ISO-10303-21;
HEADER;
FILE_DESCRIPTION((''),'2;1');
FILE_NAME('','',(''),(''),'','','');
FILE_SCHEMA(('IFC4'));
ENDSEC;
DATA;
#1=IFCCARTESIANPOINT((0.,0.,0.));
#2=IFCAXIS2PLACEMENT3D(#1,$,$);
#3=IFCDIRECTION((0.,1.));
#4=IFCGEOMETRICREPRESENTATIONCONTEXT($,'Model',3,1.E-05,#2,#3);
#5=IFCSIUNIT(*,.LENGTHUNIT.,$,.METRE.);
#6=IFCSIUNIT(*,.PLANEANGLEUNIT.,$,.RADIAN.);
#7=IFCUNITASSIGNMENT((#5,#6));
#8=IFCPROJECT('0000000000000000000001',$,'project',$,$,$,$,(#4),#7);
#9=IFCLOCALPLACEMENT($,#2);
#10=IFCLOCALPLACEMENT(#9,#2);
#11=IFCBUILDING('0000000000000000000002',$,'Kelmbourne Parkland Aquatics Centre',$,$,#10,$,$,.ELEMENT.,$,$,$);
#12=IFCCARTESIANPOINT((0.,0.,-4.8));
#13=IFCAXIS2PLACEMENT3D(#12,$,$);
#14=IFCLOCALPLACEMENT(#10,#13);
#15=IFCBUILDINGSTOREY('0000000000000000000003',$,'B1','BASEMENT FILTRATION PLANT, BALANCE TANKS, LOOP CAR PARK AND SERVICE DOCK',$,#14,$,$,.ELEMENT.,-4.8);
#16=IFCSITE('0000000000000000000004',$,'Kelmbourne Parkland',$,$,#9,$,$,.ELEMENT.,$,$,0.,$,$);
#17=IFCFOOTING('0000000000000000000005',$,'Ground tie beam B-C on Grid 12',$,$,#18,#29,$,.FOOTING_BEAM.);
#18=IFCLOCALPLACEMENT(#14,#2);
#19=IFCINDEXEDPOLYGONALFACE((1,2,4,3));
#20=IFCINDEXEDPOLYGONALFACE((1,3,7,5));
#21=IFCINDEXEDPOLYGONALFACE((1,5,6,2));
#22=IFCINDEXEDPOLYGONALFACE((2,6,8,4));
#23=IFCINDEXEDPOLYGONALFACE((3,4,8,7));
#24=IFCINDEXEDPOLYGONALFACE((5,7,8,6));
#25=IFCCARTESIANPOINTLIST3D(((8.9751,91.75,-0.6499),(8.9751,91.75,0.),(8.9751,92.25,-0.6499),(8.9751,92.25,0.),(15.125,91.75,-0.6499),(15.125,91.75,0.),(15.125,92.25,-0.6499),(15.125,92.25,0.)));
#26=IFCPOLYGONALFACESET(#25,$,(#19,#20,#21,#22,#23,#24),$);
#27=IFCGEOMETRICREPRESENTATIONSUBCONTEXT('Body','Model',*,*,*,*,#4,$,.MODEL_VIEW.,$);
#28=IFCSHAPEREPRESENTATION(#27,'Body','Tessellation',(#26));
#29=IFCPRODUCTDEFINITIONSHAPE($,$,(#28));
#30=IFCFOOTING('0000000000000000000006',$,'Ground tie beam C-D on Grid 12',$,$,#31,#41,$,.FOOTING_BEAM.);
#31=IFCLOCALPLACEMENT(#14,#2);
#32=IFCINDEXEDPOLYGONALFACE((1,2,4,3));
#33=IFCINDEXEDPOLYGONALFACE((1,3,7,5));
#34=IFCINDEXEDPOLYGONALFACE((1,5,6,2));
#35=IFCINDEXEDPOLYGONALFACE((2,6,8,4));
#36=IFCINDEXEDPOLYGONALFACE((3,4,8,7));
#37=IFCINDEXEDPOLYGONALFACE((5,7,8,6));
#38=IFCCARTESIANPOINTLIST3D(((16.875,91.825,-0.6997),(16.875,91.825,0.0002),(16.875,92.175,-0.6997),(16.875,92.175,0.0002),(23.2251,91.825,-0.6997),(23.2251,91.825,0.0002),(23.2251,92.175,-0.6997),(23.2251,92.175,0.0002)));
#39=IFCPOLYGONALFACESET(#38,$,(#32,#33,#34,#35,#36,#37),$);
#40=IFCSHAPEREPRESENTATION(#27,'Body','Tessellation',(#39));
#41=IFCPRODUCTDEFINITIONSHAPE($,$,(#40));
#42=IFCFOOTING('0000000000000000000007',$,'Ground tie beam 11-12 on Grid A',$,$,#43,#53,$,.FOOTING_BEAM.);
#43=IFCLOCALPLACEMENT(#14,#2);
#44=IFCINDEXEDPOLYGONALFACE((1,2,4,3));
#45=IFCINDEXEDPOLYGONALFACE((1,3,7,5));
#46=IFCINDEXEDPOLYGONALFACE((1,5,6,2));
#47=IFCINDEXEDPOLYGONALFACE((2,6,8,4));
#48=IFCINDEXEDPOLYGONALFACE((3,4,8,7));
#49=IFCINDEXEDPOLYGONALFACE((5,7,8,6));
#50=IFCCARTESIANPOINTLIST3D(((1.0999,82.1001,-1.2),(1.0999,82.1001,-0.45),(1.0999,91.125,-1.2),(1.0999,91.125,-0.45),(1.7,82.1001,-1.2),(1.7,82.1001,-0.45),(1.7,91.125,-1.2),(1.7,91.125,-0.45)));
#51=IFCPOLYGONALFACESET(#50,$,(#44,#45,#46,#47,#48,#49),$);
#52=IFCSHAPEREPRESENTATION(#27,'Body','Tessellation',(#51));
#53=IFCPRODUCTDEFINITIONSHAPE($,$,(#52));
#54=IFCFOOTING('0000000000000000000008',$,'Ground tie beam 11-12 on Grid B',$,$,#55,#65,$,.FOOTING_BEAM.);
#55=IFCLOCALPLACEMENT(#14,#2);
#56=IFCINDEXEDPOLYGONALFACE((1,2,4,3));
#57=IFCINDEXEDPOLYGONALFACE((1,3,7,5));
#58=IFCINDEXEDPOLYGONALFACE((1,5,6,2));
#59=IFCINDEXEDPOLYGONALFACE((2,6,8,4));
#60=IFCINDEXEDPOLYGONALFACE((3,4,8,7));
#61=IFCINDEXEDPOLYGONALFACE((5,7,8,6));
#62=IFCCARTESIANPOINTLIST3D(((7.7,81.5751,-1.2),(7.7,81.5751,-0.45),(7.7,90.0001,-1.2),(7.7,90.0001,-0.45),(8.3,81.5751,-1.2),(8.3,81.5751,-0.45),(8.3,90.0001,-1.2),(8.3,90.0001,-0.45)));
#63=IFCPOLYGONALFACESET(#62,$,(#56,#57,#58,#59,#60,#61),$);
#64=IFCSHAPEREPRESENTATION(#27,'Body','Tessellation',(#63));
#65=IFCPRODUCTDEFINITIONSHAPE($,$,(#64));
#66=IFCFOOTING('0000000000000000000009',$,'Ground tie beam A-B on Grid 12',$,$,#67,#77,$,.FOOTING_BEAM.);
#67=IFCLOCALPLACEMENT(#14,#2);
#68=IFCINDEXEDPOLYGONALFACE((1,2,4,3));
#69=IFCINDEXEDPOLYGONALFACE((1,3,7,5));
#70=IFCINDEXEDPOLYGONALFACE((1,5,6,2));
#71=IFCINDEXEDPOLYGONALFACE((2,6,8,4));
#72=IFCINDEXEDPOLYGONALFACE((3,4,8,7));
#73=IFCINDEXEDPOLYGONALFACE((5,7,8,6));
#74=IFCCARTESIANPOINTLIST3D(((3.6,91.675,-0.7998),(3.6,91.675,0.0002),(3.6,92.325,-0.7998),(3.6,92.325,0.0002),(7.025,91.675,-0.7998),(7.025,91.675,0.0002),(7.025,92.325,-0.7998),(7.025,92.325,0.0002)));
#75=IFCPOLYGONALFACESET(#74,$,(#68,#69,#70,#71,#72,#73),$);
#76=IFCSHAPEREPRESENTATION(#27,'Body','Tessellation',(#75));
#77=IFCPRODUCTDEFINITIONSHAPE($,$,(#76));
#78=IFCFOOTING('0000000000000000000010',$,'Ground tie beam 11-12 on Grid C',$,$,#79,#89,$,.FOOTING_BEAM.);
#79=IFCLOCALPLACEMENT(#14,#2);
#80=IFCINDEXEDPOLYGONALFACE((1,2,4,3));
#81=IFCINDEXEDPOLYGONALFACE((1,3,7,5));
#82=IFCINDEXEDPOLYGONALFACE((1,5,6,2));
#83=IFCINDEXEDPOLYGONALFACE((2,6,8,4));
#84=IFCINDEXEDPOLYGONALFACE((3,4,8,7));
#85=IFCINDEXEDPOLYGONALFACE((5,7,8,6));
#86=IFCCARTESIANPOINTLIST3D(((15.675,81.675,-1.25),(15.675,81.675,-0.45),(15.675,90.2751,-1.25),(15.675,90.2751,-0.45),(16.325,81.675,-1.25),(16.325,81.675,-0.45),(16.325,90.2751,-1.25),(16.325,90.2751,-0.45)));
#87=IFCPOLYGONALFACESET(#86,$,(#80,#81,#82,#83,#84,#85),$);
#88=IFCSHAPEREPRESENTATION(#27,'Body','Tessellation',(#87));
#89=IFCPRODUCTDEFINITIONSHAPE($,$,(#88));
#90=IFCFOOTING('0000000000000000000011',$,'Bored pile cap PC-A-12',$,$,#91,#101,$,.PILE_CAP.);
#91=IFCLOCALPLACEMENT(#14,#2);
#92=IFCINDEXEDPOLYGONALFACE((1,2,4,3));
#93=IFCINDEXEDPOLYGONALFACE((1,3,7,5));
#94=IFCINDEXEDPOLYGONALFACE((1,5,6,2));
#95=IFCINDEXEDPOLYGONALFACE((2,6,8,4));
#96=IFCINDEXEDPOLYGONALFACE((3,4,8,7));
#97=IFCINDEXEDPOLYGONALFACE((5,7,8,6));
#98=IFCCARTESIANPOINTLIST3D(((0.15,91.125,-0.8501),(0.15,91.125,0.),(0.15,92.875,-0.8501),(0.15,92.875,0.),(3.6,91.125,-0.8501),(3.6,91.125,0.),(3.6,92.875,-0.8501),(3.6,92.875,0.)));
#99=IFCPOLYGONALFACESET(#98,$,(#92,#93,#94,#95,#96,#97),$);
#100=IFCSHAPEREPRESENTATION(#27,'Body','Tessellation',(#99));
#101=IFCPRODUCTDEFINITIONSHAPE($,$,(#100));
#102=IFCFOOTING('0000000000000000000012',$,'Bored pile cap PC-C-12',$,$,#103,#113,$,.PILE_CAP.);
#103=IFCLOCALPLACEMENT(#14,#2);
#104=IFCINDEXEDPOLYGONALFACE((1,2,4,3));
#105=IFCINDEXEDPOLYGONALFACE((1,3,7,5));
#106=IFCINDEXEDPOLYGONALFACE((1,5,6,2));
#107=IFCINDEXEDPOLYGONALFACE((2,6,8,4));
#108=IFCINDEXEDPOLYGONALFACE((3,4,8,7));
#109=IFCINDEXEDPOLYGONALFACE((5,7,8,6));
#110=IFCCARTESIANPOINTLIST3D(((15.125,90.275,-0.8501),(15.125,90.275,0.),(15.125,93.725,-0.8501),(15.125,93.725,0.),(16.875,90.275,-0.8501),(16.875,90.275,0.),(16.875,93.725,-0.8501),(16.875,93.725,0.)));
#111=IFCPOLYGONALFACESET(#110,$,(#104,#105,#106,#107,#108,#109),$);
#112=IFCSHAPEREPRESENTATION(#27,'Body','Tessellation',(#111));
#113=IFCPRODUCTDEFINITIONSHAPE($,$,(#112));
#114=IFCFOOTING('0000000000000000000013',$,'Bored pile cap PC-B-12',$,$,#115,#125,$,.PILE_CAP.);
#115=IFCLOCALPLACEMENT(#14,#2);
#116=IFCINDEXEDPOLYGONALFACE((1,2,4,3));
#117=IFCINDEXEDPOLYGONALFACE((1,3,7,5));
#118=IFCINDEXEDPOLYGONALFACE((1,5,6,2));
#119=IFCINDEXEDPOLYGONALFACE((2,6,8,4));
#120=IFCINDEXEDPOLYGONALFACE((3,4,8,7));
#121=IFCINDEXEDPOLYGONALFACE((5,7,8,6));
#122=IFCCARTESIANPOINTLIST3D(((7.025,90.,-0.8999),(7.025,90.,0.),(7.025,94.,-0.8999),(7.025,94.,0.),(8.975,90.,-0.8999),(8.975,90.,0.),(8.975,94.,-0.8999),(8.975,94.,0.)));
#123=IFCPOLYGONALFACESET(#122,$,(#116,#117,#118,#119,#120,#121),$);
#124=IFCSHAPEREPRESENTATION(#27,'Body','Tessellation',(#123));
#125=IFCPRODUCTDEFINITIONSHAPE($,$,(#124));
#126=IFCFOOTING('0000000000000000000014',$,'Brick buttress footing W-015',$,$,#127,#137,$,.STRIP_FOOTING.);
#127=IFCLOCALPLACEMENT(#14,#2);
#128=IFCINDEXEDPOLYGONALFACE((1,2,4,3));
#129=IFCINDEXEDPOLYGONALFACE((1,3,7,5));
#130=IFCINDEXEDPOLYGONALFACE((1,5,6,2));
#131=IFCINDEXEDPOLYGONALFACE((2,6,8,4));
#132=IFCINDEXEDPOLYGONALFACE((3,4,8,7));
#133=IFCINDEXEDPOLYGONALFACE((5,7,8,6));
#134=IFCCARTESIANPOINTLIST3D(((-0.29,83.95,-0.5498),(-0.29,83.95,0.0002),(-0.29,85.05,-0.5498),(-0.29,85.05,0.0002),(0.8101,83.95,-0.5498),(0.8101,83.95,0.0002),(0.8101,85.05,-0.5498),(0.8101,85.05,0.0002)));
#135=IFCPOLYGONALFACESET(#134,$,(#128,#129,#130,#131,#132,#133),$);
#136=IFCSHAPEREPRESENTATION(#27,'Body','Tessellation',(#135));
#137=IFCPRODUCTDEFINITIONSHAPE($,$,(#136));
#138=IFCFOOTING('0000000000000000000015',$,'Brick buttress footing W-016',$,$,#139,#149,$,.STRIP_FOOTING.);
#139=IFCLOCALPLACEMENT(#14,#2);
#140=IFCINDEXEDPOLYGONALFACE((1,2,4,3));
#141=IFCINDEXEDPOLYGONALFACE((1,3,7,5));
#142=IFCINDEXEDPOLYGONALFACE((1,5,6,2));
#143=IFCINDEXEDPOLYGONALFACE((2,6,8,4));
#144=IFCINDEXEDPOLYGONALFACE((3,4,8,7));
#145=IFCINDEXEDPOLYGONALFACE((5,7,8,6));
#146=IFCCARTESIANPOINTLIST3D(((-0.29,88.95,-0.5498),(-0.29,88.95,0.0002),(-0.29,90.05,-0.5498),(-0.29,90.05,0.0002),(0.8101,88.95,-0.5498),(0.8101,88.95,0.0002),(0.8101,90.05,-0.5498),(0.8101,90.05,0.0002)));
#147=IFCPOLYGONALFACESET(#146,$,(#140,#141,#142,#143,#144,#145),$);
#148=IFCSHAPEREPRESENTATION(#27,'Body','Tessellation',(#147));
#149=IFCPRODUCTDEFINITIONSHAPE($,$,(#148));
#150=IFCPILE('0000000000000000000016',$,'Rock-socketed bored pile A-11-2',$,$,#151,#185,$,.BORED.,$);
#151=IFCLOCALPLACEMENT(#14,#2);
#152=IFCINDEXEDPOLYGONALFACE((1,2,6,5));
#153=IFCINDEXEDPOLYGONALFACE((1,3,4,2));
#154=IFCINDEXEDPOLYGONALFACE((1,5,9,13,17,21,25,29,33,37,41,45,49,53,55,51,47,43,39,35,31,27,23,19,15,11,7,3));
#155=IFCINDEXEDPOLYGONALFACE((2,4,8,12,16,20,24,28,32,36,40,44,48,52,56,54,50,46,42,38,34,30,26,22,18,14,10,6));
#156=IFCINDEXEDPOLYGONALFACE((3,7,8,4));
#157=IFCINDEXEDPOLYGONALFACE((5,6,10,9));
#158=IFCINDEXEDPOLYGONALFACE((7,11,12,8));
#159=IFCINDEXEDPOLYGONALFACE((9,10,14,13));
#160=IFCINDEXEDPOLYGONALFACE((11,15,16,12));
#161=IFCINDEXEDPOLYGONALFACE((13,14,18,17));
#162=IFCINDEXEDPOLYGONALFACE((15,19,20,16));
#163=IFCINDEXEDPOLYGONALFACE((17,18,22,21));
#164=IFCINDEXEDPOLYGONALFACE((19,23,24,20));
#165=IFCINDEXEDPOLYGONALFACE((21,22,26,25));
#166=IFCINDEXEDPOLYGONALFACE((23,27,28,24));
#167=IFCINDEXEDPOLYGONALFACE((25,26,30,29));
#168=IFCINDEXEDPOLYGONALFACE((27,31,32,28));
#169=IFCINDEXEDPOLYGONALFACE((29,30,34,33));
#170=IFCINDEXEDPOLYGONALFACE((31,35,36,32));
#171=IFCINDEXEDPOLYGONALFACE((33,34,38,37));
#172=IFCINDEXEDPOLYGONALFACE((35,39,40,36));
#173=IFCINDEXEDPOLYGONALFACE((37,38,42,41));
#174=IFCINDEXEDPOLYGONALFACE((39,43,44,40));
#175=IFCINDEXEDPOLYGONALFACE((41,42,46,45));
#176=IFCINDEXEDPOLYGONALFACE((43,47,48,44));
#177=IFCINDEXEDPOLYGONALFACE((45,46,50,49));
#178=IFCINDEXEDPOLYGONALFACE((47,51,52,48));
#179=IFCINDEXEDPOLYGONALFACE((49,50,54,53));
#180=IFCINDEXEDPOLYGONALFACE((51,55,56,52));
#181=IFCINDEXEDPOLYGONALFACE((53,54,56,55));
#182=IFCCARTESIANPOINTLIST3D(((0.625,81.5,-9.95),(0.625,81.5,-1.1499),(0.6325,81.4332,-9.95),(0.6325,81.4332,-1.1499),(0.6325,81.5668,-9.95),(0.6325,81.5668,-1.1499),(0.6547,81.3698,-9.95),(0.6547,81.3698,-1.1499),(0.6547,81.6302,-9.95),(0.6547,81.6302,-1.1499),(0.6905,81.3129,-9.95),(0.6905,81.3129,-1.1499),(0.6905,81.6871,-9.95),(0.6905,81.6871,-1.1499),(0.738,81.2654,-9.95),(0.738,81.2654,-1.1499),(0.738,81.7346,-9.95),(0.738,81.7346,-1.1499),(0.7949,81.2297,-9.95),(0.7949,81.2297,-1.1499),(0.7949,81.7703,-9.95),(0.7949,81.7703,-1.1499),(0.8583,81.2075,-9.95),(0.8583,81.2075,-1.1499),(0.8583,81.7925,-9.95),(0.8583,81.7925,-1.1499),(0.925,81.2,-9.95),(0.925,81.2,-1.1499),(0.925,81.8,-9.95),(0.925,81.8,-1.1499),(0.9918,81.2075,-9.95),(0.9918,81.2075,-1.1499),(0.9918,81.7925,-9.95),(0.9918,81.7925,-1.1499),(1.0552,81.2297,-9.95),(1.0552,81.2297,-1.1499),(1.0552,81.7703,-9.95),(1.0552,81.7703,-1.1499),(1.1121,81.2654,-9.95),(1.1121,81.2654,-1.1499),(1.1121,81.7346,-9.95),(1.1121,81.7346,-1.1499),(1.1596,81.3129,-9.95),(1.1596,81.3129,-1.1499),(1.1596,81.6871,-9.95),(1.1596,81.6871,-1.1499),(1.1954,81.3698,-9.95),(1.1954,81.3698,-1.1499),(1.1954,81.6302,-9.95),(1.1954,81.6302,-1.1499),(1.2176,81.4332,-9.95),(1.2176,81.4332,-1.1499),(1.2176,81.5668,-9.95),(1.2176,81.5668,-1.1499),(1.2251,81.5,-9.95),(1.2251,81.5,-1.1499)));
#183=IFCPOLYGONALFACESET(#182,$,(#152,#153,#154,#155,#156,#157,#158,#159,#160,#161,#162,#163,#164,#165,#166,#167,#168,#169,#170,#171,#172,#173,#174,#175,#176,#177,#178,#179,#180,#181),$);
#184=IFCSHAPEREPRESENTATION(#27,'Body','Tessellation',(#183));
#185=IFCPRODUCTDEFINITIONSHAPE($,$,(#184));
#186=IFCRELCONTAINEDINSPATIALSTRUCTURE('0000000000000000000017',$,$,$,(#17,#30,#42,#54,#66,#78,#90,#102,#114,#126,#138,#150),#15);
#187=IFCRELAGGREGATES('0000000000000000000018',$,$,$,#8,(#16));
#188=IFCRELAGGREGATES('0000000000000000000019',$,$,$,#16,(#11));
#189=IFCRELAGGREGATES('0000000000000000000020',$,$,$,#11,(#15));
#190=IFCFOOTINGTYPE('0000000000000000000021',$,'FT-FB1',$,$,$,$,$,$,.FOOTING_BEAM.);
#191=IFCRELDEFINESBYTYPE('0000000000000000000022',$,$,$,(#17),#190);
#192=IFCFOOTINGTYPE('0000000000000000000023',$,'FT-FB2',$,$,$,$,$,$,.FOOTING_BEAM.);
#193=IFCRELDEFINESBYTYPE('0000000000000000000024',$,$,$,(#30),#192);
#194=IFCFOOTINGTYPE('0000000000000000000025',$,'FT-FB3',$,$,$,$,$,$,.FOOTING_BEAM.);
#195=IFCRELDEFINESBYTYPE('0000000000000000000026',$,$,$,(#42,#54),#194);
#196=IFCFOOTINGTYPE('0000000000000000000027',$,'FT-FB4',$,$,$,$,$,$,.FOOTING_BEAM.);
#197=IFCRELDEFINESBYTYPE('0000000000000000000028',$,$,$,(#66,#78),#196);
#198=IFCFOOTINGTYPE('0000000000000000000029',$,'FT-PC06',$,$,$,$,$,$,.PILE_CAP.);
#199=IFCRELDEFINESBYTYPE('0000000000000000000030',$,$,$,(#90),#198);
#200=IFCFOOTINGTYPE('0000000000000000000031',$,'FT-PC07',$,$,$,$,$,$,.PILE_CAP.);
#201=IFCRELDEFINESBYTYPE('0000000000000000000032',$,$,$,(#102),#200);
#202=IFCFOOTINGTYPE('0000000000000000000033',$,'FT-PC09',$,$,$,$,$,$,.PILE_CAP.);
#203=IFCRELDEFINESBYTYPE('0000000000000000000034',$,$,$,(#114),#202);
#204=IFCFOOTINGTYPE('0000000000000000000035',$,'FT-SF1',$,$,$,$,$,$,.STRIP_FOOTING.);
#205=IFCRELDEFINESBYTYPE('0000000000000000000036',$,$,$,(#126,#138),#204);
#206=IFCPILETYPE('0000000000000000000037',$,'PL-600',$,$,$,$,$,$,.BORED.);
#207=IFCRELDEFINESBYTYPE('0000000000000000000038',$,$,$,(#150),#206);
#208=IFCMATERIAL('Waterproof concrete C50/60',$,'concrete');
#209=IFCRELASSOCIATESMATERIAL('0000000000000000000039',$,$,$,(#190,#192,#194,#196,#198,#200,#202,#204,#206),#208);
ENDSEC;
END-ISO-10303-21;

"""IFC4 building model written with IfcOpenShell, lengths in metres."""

from ifc_helpers import new_model, si_unit, direction, frame, origin, origin_2d, place, context, subcontext, project, spatial, rectangle, circle, extrude, material, material_profile, profile_set, type_object, element, save


model = new_model("IFC4")

# Units and contexts
model_context = context("Model", 3, precision=1e-05, world=origin(), true_north=direction((0.0, 1.0)))
body_context = subcontext(model_context, "Body", "Model", "MODEL_VIEW")
ifc_project = project(units=[si_unit("LENGTHUNIT", "METRE"), si_unit("PLANEANGLEUNIT", "RADIAN")], contexts=[model_context])

# Site, building, storey
site_placement = place(None, origin())
site = spatial("IfcSite", under=ifc_project, at=site_placement, Name="Kelmbourne Parkland", CompositionType="ELEMENT", RefElevation=0.0)
building_placement = place(site_placement, origin())
building = spatial("IfcBuilding", under=site, at=building_placement, Name="Kelmbourne Parkland Aquatics Centre", CompositionType="ELEMENT")
storey_placement = place(building_placement, frame((0.0, 0.0, -4.8)))
storey = spatial("IfcBuildingStorey", under=building, at=storey_placement, Name="B1", Description="BASEMENT FILTRATION PLANT, BALANCE TANKS, LOOP CAR PARK AND SERVICE DOCK", CompositionType="ELEMENT", Elevation=-4.8)

# Footings
ifc_material_1 = material(Name="Waterproof concrete C50/60", Category="concrete")
footing_type_1 = type_object("IfcFootingType", Name="FT-FB1", PredefinedType="FOOTING_BEAM", material=ifc_material_1)
footing_1_placement = place(storey_placement, frame((12.05, 92.0, -0.6499), z_axis=(0.0, 0.0, 1.0), x_axis=(1.0, 0.0, 0.0)))
element("IfcFooting", 1, at=footing_1_placement, inside=storey, type_object=footing_type_1, Name="Ground tie beam B-C on Grid 12", PredefinedType="FOOTING_BEAM", context=body_context, shape_type="SweptSolid", body=[
    extrude(rectangle(XDim=6.1499, YDim=0.5, at=origin_2d()), origin(), (0.0, 0.0, 1.0), 0.6499),
])
footing_type_2 = type_object("IfcFootingType", Name="FT-FB2", PredefinedType="FOOTING_BEAM", material=ifc_material_1)
footing_2_placement = place(storey_placement, frame((20.05, 92.0, -0.6997), z_axis=(0.0, 0.0, 1.0), x_axis=(1.0, 0.0, 0.0)))
element("IfcFooting", 2, at=footing_2_placement, inside=storey, type_object=footing_type_2, Name="Ground tie beam C-D on Grid 12", PredefinedType="FOOTING_BEAM", context=body_context, shape_type="SweptSolid", body=[
    extrude(rectangle(XDim=6.3501, YDim=0.3501, at=origin_2d()), origin(), (0.0, 0.0, 1.0), 0.7),
])
footing_type_3 = type_object("IfcFootingType", Name="FT-FB3", PredefinedType="FOOTING_BEAM", material=ifc_material_1)
footing_3_placement = place(storey_placement, frame((1.3999, 86.6125, -1.2), z_axis=(0.0, 0.0, 1.0), x_axis=(0.0, 1.0, 0.0)))
element("IfcFooting", 3, at=footing_3_placement, inside=storey, type_object=footing_type_3, Name="Ground tie beam 11-12 on Grid A", PredefinedType="FOOTING_BEAM", context=body_context, shape_type="SweptSolid", body=[
    extrude(rectangle(XDim=9.0249, YDim=0.6001, at=origin_2d()), origin(), (0.0, 0.0, 1.0), 0.75),
])
footing_4_placement = place(storey_placement, frame((8.0, 85.7876, -1.2), z_axis=(0.0, 0.0, 1.0), x_axis=(0.0, 1.0, 0.0)))
element("IfcFooting", 4, at=footing_4_placement, inside=storey, type_object=footing_type_3, Name="Ground tie beam 11-12 on Grid B", PredefinedType="FOOTING_BEAM", context=body_context, shape_type="SweptSolid", body=[
    extrude(rectangle(XDim=8.425, YDim=0.6001, at=origin_2d()), origin(), (0.0, 0.0, 1.0), 0.75),
])
footing_type_4 = type_object("IfcFootingType", Name="FT-FB4", PredefinedType="FOOTING_BEAM", material=ifc_material_1)
footing_5_placement = place(storey_placement, frame((5.3125, 92.0, -0.7998), z_axis=(0.0, 0.0, 1.0), x_axis=(1.0, 0.0, 0.0)))
element("IfcFooting", 5, at=footing_5_placement, inside=storey, type_object=footing_type_4, Name="Ground tie beam A-B on Grid 12", PredefinedType="FOOTING_BEAM", context=body_context, shape_type="SweptSolid", body=[
    extrude(rectangle(XDim=3.425, YDim=0.6499, at=origin_2d()), origin(), (0.0, 0.0, 1.0), 0.8),
])
footing_6_placement = place(storey_placement, frame((16.0, 85.9751, -1.25), z_axis=(0.0, 0.0, 1.0), x_axis=(0.0, 1.0, 0.0)))
element("IfcFooting", 6, at=footing_6_placement, inside=storey, type_object=footing_type_4, Name="Ground tie beam 11-12 on Grid C", PredefinedType="FOOTING_BEAM", context=body_context, shape_type="SweptSolid", body=[
    extrude(rectangle(XDim=8.6001, YDim=0.6499, at=origin_2d()), origin(), (0.0, 0.0, 1.0), 0.8),
])
footing_type_5 = type_object("IfcFootingType", Name="FT-PC06", PredefinedType="PILE_CAP", material=ifc_material_1)
footing_7_placement = place(storey_placement, frame((1.875, 92.0, -0.8501), z_axis=(0.0, 0.0, 1.0), x_axis=(1.0, 0.0, 0.0)))
element("IfcFooting", 7, at=footing_7_placement, inside=storey, type_object=footing_type_5, Name="Bored pile cap PC-A-12", PredefinedType="PILE_CAP", context=body_context, shape_type="SweptSolid", body=[
    extrude(rectangle(XDim=3.45, YDim=1.75, at=origin_2d()), origin(), (0.0, 0.0, 1.0), 0.8501),
])
footing_type_6 = type_object("IfcFootingType", Name="FT-PC07", PredefinedType="PILE_CAP", material=ifc_material_1)
footing_8_placement = place(storey_placement, frame((16.0, 92.0, -0.8501), z_axis=(0.0, 0.0, 1.0), x_axis=(1.0, 0.0, 0.0)))
element("IfcFooting", 8, at=footing_8_placement, inside=storey, type_object=footing_type_6, Name="Bored pile cap PC-C-12", PredefinedType="PILE_CAP", context=body_context, shape_type="SweptSolid", body=[
    extrude(rectangle(XDim=1.75, YDim=3.45, at=origin_2d()), origin(), (0.0, 0.0, 1.0), 0.8501),
])
footing_type_7 = type_object("IfcFootingType", Name="FT-PC09", PredefinedType="PILE_CAP", material=ifc_material_1)
footing_9_placement = place(storey_placement, frame((8.0, 92.0, -0.8999), z_axis=(0.0, 0.0, 1.0), x_axis=(1.0, 0.0, 0.0)))
element("IfcFooting", 9, at=footing_9_placement, inside=storey, type_object=footing_type_7, Name="Bored pile cap PC-B-12", PredefinedType="PILE_CAP", context=body_context, shape_type="SweptSolid", body=[
    extrude(rectangle(XDim=1.95, YDim=4.0, at=origin_2d()), origin(), (0.0, 0.0, 1.0), 0.8999),
])
footing_type_8 = type_object("IfcFootingType", Name="FT-SF1", PredefinedType="STRIP_FOOTING", material=ifc_material_1)
for number, where, z_axis, x_axis, name in (
    (10, (0.26, 84.5, -0.5498), (0.0, 0.0, 1.0), (1.0, 0.0, 0.0), "Brick buttress footing W-015"),
    (11, (0.26, 89.5, -0.5498), (0.0, 0.0, 1.0), (1.0, 0.0, 0.0), "Brick buttress footing W-016"),
):
    element("IfcFooting", number, at=place(storey_placement, frame(where, z_axis=z_axis, x_axis=x_axis)), inside=storey, type_object=footing_type_8, Name=name, PredefinedType="STRIP_FOOTING", context=body_context, shape_type="SweptSolid", body=[
        extrude(rectangle(XDim=1.1001, YDim=1.1001, at=origin_2d()), origin(), (0.0, 0.0, 1.0), 0.55),
    ])

# Pile
ifc_material_profile_1 = material_profile(ifc_material_1, circle(Radius=0.3, at=origin_2d()), Name="PILE D600")
ifc_profile_set_1 = profile_set([ifc_material_profile_1], Name="Waterproof concrete C50/60")
pile_type_1 = type_object("IfcPileType", Name="PL-600", PredefinedType="BORED", material=ifc_profile_set_1)
pile_1_placement = place(storey_placement, frame((0.925, 81.5, -1.1499), z_axis=(0.0, 0.0, -1.0), x_axis=(1.0, 0.0, 0.0)))
element("IfcPile", 12, at=pile_1_placement, inside=storey, type_object=pile_type_1, Name="Rock-socketed bored pile A-11-2", PredefinedType="BORED", context=body_context, shape_type="SweptSolid", body=[
    extrude(circle(Radius=0.3, at=origin_2d()), origin(), (0.0, 0.0, 1.0), 8.8),
])

save(model, "model.ifc")
